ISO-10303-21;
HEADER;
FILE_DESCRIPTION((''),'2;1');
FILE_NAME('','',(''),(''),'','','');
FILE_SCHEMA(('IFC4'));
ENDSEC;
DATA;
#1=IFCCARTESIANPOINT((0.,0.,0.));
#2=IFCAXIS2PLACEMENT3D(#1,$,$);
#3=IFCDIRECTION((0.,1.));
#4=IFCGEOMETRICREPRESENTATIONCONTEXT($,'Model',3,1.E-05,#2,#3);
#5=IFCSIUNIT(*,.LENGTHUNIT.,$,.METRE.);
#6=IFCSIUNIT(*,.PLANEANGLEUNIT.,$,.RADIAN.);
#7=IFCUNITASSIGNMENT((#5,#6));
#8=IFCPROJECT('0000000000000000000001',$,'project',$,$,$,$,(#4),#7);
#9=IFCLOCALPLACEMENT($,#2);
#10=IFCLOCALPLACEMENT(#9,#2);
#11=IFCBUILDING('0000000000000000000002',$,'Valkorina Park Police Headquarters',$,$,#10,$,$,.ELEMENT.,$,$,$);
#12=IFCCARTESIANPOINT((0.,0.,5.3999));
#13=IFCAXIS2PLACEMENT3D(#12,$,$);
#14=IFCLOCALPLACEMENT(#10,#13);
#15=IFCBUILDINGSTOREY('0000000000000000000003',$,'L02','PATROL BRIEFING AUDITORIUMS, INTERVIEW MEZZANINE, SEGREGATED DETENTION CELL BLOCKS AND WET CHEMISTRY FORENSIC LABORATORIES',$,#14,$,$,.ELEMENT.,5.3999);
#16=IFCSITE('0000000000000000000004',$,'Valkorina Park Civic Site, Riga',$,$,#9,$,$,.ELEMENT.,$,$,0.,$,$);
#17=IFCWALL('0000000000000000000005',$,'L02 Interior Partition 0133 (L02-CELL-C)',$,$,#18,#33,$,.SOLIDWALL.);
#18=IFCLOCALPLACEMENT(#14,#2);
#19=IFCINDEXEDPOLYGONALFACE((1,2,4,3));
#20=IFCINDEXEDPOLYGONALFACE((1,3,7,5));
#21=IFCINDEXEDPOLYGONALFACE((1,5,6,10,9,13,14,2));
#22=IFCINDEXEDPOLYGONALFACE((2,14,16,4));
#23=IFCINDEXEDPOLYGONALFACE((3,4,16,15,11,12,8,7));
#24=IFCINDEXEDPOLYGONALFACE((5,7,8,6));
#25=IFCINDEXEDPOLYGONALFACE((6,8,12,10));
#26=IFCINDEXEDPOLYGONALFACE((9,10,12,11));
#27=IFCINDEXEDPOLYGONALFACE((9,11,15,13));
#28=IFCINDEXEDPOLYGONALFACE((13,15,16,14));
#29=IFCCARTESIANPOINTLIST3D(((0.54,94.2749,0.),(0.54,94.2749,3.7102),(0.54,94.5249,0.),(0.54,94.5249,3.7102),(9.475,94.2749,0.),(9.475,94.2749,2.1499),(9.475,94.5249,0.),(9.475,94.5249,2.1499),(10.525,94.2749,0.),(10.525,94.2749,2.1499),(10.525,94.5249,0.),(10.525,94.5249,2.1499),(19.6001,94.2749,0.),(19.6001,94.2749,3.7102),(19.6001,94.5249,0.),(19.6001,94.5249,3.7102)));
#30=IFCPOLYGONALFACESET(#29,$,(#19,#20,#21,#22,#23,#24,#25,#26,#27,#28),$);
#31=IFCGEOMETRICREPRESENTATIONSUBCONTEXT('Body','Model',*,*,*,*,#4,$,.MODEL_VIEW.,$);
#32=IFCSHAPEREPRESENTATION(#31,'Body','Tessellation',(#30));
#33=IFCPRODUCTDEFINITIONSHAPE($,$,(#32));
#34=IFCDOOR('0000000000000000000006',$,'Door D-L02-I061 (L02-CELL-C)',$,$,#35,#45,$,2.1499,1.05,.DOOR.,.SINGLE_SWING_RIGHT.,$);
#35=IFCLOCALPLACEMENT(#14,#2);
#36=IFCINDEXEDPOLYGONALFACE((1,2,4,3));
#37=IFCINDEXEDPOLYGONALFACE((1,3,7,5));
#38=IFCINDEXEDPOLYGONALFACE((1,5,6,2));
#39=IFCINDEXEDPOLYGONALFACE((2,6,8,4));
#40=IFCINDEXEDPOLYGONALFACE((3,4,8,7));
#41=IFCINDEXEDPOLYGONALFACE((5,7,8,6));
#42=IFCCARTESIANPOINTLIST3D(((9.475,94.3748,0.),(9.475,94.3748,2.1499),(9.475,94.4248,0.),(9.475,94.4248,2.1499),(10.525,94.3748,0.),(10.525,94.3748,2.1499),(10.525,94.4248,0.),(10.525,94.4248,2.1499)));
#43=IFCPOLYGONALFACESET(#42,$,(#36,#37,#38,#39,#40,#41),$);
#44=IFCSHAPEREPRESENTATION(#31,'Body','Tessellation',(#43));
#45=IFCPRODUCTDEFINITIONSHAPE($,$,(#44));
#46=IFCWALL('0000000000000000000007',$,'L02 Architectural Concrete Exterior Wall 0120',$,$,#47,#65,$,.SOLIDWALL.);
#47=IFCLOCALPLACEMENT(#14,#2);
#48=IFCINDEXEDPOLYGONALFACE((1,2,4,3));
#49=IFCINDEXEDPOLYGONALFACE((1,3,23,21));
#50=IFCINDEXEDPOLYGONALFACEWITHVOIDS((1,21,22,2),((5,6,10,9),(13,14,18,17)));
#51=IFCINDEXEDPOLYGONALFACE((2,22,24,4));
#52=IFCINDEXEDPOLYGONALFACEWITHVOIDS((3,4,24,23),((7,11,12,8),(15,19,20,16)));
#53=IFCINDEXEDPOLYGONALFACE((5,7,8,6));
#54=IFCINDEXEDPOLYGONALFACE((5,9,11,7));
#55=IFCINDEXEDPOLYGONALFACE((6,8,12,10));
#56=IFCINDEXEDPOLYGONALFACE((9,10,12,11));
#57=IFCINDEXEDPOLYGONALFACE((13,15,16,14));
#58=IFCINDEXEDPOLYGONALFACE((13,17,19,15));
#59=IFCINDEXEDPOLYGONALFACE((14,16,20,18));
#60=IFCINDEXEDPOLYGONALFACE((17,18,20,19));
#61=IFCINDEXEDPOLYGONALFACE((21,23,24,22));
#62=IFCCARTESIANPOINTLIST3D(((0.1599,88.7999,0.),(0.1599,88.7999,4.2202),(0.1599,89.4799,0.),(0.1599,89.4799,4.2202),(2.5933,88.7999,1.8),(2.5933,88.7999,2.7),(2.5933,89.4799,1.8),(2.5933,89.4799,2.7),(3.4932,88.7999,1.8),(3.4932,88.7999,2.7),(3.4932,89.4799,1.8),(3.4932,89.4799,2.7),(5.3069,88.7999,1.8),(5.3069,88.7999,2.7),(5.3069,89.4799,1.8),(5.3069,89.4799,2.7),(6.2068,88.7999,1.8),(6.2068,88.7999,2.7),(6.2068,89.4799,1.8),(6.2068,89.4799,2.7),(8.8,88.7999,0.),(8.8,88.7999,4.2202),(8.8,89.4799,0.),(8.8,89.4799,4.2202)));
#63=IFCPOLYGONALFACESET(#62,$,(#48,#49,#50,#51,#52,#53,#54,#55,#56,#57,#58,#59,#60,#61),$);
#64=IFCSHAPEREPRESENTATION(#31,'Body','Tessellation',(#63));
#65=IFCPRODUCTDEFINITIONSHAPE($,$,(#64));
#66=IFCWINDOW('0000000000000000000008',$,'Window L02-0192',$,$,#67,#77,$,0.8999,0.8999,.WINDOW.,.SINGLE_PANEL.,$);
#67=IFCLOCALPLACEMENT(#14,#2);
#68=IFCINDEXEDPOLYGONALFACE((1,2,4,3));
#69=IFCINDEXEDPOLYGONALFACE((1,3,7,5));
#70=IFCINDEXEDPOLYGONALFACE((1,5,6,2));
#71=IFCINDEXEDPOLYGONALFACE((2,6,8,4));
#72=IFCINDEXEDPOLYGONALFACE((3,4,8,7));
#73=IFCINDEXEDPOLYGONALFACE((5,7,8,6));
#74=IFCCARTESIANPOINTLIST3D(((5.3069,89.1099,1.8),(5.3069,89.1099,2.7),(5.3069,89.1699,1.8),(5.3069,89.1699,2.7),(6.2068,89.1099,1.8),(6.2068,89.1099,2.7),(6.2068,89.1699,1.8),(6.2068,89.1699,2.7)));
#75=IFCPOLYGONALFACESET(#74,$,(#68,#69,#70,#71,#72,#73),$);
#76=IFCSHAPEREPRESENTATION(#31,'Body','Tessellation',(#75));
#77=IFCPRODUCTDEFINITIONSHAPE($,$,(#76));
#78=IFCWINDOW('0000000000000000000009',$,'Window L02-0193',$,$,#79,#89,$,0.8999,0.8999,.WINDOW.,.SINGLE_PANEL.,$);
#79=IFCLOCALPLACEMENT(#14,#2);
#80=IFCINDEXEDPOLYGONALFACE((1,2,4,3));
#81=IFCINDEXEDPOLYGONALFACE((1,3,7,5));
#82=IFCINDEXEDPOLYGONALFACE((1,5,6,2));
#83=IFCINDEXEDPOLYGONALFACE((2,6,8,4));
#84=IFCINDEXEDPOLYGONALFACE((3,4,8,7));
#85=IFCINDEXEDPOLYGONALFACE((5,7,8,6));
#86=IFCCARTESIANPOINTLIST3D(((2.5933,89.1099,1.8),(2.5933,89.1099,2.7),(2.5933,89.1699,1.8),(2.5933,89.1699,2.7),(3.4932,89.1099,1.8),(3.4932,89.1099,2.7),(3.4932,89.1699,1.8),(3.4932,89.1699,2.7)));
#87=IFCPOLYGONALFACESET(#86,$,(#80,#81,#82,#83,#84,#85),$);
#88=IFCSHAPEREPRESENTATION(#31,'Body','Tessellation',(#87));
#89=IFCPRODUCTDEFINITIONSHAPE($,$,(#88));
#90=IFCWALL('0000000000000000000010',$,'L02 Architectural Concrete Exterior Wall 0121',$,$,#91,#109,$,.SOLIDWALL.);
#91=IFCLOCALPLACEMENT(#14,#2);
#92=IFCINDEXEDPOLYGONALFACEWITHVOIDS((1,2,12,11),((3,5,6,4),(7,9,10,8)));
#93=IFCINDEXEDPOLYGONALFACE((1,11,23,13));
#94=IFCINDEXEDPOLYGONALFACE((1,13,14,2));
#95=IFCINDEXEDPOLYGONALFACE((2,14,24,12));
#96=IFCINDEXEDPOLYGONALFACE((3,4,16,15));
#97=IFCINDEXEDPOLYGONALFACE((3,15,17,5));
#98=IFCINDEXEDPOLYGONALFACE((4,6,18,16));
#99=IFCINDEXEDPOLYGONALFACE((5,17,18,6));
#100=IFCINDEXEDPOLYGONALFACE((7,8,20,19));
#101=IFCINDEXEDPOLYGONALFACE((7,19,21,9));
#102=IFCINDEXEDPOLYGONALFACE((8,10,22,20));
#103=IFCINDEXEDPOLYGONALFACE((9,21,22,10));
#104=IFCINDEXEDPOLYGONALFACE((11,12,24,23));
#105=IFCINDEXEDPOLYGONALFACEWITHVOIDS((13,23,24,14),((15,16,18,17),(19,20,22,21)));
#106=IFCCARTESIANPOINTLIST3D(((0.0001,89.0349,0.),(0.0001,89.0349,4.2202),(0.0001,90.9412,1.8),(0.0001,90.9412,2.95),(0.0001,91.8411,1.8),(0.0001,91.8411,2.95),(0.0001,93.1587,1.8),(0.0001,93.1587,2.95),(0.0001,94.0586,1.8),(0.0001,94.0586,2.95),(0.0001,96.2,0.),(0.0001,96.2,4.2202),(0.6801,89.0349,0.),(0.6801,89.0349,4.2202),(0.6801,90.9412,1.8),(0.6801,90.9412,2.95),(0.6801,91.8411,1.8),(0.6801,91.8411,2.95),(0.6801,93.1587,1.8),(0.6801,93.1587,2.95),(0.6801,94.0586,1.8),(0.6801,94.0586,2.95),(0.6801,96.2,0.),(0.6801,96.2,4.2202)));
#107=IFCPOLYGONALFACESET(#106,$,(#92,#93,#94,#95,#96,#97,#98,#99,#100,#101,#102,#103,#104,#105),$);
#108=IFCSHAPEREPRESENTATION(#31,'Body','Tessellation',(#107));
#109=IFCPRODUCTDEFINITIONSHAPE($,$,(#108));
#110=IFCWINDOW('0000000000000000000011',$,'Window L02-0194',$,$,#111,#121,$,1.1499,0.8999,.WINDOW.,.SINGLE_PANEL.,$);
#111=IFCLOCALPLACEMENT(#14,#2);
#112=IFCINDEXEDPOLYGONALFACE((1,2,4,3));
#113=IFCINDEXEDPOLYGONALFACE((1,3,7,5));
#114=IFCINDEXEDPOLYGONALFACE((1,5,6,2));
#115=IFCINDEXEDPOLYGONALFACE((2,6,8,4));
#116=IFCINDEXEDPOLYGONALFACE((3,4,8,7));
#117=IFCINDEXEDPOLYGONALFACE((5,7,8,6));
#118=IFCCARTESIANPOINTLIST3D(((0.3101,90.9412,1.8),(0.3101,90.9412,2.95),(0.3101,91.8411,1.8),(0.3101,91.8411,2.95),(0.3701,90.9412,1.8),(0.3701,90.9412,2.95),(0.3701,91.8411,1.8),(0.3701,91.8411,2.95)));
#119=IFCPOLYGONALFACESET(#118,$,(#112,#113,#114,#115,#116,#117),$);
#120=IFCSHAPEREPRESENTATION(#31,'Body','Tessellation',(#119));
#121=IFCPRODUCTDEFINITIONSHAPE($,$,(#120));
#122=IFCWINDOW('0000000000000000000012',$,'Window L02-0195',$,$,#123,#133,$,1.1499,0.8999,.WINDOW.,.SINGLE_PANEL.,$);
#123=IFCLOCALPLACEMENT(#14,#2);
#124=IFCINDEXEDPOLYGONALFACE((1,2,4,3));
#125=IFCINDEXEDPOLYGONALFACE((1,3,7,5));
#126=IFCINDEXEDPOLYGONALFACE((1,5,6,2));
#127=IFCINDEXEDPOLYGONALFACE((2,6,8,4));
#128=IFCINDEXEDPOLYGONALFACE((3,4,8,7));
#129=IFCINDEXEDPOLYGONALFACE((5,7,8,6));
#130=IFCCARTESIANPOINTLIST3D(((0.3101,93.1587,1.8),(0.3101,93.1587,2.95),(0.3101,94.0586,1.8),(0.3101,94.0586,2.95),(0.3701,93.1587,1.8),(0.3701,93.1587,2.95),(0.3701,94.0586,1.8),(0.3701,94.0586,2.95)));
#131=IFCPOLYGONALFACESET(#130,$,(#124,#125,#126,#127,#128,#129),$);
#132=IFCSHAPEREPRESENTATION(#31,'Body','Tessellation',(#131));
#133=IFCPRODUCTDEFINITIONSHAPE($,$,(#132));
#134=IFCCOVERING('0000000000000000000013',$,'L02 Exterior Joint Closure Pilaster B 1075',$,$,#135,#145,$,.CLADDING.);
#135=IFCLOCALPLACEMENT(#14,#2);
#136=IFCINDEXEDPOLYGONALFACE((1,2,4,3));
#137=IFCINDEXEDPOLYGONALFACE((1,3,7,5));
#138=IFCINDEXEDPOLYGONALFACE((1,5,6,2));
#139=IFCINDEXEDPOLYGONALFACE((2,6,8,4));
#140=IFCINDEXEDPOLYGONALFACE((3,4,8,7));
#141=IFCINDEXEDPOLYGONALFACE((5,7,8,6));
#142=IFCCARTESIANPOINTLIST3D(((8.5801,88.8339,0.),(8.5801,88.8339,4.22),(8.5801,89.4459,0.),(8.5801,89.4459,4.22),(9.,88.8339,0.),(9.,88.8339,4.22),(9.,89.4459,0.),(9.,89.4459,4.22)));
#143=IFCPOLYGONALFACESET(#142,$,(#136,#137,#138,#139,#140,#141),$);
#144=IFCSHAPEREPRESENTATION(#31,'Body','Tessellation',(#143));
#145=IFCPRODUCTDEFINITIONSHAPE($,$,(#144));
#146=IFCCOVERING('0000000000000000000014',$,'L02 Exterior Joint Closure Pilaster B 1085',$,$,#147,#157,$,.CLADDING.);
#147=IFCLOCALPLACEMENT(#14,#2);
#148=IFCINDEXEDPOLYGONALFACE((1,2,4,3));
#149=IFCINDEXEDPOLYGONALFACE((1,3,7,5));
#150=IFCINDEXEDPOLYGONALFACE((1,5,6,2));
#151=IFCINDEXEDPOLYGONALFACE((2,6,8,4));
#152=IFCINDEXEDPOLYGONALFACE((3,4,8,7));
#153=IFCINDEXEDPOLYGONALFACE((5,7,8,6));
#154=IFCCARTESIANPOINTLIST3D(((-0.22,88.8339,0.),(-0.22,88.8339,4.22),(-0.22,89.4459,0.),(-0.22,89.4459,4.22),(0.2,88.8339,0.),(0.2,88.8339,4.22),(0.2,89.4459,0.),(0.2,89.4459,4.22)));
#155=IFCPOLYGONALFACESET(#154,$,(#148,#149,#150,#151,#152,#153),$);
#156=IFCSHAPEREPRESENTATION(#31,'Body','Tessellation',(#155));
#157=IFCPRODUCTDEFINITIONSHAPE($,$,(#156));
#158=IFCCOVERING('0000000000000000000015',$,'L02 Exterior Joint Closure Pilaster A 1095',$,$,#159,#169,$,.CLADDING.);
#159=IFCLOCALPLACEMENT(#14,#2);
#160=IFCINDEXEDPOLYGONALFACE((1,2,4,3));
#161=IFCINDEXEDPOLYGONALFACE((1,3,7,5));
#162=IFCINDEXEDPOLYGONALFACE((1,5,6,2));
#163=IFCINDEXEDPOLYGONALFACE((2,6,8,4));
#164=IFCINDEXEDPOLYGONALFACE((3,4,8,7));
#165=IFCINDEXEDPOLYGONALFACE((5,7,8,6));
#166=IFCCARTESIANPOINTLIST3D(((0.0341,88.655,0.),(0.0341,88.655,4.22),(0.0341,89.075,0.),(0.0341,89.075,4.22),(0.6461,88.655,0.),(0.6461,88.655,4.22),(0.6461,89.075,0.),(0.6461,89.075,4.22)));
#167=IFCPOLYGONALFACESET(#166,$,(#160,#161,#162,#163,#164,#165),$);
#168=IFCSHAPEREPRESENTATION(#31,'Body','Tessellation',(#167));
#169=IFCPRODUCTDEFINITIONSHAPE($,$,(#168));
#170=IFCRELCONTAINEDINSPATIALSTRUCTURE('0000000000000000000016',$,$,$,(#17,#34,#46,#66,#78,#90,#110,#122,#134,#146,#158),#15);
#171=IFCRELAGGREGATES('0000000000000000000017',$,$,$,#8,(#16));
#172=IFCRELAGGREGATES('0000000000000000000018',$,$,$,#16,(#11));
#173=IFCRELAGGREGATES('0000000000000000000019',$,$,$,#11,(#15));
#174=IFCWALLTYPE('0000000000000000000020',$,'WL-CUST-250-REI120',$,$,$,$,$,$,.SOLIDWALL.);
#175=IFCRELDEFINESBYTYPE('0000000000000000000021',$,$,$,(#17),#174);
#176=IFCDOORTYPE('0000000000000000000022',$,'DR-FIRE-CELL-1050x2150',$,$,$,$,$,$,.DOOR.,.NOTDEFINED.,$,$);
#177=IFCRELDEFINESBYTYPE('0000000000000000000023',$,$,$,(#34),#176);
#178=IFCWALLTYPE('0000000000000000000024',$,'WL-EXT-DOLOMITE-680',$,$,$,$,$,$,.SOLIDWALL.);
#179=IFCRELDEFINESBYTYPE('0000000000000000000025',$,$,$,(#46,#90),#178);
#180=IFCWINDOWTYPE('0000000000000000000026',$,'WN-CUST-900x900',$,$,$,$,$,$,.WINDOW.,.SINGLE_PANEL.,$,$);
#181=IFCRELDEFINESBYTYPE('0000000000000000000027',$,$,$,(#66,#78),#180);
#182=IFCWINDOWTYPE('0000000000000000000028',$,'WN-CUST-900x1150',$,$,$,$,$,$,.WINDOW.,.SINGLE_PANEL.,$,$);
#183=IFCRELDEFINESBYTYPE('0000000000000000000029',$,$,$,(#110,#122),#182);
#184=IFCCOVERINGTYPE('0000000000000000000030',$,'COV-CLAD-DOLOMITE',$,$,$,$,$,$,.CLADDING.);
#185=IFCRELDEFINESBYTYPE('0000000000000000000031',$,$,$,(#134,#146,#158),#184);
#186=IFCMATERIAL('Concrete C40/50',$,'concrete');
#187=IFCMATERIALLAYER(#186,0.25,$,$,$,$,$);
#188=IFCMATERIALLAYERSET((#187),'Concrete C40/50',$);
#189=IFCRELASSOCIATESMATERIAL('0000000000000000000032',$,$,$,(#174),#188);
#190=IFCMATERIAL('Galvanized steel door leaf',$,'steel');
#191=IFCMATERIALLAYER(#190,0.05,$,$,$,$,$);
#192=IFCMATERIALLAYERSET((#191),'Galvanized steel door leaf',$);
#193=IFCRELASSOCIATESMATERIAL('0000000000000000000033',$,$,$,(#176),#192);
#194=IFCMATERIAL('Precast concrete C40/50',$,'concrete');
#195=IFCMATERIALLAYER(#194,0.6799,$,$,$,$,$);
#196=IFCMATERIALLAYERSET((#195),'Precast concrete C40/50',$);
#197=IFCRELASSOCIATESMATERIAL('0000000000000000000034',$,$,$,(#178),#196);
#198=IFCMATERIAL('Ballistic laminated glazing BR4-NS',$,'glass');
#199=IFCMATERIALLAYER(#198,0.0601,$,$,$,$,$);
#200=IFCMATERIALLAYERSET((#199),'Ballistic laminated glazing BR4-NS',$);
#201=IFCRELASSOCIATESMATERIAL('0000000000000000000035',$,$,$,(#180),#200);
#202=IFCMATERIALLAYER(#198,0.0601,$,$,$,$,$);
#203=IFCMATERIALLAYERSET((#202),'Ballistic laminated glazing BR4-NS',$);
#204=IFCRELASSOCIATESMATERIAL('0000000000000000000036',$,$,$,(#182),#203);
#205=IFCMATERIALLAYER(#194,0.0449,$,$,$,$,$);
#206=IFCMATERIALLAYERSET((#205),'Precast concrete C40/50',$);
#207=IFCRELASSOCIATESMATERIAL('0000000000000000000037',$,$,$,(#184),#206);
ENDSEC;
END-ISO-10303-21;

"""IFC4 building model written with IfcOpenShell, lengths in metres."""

from ifc_helpers import new_model, si_unit, direction, frame, frame_2d, origin, origin_2d, place, context, subcontext, project, spatial, rectangle, extrude, material, layer, layer_set, type_object, element, fill, save


model = new_model("IFC4")

# Units and contexts
model_context = context("Model", 3, precision=1e-05, world=origin(), true_north=direction((0.0, 1.0)))
body_context = subcontext(model_context, "Body", "Model", "MODEL_VIEW")
ifc_project = project(units=[si_unit("LENGTHUNIT", "METRE"), si_unit("PLANEANGLEUNIT", "RADIAN")], contexts=[model_context])

# Site, building, storey
site_placement = place(None, origin())
site = spatial("IfcSite", under=ifc_project, at=site_placement, Name="Valkorina Park Civic Site, Riga", CompositionType="ELEMENT", RefElevation=0.0)
building_placement = place(site_placement, origin())
building = spatial("IfcBuilding", under=site, at=building_placement, Name="Valkorina Park Police Headquarters", CompositionType="ELEMENT")
storey_placement = place(building_placement, frame((0.0, 0.0, 5.3999)))
storey = spatial("IfcBuildingStorey", under=building, at=storey_placement, Name="L02", Description="PATROL BRIEFING AUDITORIUMS, INTERVIEW MEZZANINE, SEGREGATED DETENTION CELL BLOCKS AND WET CHEMISTRY FORENSIC LABORATORIES", CompositionType="ELEMENT", Elevation=5.3999)

# Wall, opening, door
ifc_material_1 = material(Name="Concrete C40/50", Category="concrete")
ifc_layer_1 = layer(ifc_material_1, 0.25)
ifc_layer_set_1 = layer_set([ifc_layer_1], Name="Concrete C40/50")
wall_type_1 = type_object("IfcWallType", Name="WL-CUST-250-REI120", PredefinedType="SOLIDWALL", material=ifc_layer_set_1)
wall_1_placement = place(storey_placement, frame((0.54, 94.3999, 0.0), z_axis=(0.0, 0.0, 1.0), x_axis=(1.0, 0.0, 0.0)))
wall_1 = element("IfcWall", 1, at=wall_1_placement, inside=storey, type_object=wall_type_1, Name="L02 Interior Partition 0133 (L02-CELL-C)", PredefinedType="SOLIDWALL", context=body_context, shape_type="SweptSolid", body=[
    extrude(rectangle(XDim=19.0601, YDim=0.25, at=frame_2d((9.53, 0.0))), origin(), (0.0, 0.0, 1.0), 3.7102),
])
opening_1_placement = place(wall_1_placement, frame((8.9351, 0.0, 0.0)))
opening_1 = element("IfcOpeningElement", 2, at=opening_1_placement, cuts=wall_1, PredefinedType="OPENING", context=body_context, shape_type="SweptSolid", body=[
    extrude(rectangle(XDim=1.05, YDim=2.1499, at=frame_2d((0.5249, 1.075))), frame((0.0, 0.135, 0.0), z_axis=(0.0, -1.0, 0.0), x_axis=(1.0, 0.0, 0.0)), (0.0, 0.0, 1.0), 0.27),
])
ifc_material_2 = material(Name="Galvanized steel door leaf", Category="steel")
ifc_layer_2 = layer(ifc_material_2, 0.05)
ifc_layer_set_2 = layer_set([ifc_layer_2], Name="Galvanized steel door leaf")
door_type = type_object("IfcDoorType", Name="DR-FIRE-CELL-1050x2150", OperationType="NOTDEFINED", PredefinedType="DOOR", material=ifc_layer_set_2)
door_placement = place(opening_1_placement, origin())
door = element("IfcDoor", 3, at=door_placement, inside=storey, type_object=door_type, Name="Door D-L02-I061 (L02-CELL-C)", OperationType="SINGLE_SWING_RIGHT", OverallHeight=2.1499, OverallWidth=1.05, PredefinedType="DOOR", context=body_context, shape_type="SweptSolid", body=[
    extrude(rectangle(XDim=1.05, YDim=2.1499, at=frame_2d((0.5249, 1.075))), frame((0.0, 0.0249, 0.0), z_axis=(0.0, -1.0, 0.0), x_axis=(1.0, 0.0, 0.0)), (0.0, 0.0, 1.0), 0.05),
])
fill(opening_1, door)

# Walls, openings, windows
ifc_material_3 = material(Name="Precast concrete C40/50", Category="concrete")
ifc_layer_3 = layer(ifc_material_3, 0.6799)
ifc_layer_set_3 = layer_set([ifc_layer_3], Name="Precast concrete C40/50")
wall_type_2 = type_object("IfcWallType", Name="WL-EXT-DOLOMITE-680", PredefinedType="SOLIDWALL", material=ifc_layer_set_3)
wall_2_placement = place(storey_placement, frame((8.8, 89.1399, 0.0), z_axis=(0.0, 0.0, 1.0), x_axis=(-1.0, 0.0, 0.0)))
wall_2 = element("IfcWall", 4, at=wall_2_placement, inside=storey, type_object=wall_type_2, Name="L02 Architectural Concrete Exterior Wall 0120", PredefinedType="SOLIDWALL", context=body_context, shape_type="SweptSolid", body=[
    extrude(rectangle(XDim=8.6401, YDim=0.6799, at=frame_2d((4.3201, 0.0))), origin(), (0.0, 0.0, 1.0), 4.2202),
])
opening_2_placement = place(wall_2_placement, frame((2.5933, 0.0, 1.8)))
opening_2 = element("IfcOpeningElement", 5, at=opening_2_placement, cuts=wall_2, PredefinedType="OPENING", context=body_context, shape_type="SweptSolid", body=[
    extrude(rectangle(XDim=0.8999, YDim=0.8999, at=frame_2d((0.45, 0.45))), frame((0.0, 0.3501, 0.0), z_axis=(0.0, -1.0, 0.0), x_axis=(1.0, 0.0, 0.0)), (0.0, 0.0, 1.0), 0.7),
])
opening_3_placement = place(wall_2_placement, frame((5.3069, 0.0, 1.8)))
opening_3 = element("IfcOpeningElement", 6, at=opening_3_placement, cuts=wall_2, PredefinedType="OPENING", context=body_context, shape_type="SweptSolid", body=[
    extrude(rectangle(XDim=0.8999, YDim=0.8999, at=frame_2d((0.45, 0.45))), frame((0.0, 0.3501, 0.0), z_axis=(0.0, -1.0, 0.0), x_axis=(1.0, 0.0, 0.0)), (0.0, 0.0, 1.0), 0.7),
])
ifc_material_4 = material(Name="Ballistic laminated glazing BR4-NS", Category="glass")
ifc_layer_4 = layer(ifc_material_4, 0.0601)
ifc_layer_set_4 = layer_set([ifc_layer_4], Name="Ballistic laminated glazing BR4-NS")
window_type_1 = type_object("IfcWindowType", Name="WN-CUST-900x900", PartitioningType="SINGLE_PANEL", PredefinedType="WINDOW", material=ifc_layer_set_4)
window_1_placement = place(opening_2_placement, origin())
window_1 = element("IfcWindow", 7, at=window_1_placement, inside=storey, type_object=window_type_1, Name="Window L02-0192", OverallHeight=0.8999, OverallWidth=0.8999, PartitioningType="SINGLE_PANEL", PredefinedType="WINDOW", context=body_context, shape_type="SweptSolid", body=[
    extrude(rectangle(XDim=0.8999, YDim=0.8999, at=frame_2d((0.45, 0.45))), frame((0.0, 0.03, 0.0), z_axis=(0.0, -1.0, 0.0), x_axis=(1.0, 0.0, 0.0)), (0.0, 0.0, 1.0), 0.0601),
])
fill(opening_2, window_1)
window_2_placement = place(opening_3_placement, origin())
window_2 = element("IfcWindow", 8, at=window_2_placement, inside=storey, type_object=window_type_1, Name="Window L02-0193", OverallHeight=0.8999, OverallWidth=0.8999, PartitioningType="SINGLE_PANEL", PredefinedType="WINDOW", context=body_context, shape_type="SweptSolid", body=[
    extrude(rectangle(XDim=0.8999, YDim=0.8999, at=frame_2d((0.45, 0.45))), frame((0.0, 0.03, 0.0), z_axis=(0.0, -1.0, 0.0), x_axis=(1.0, 0.0, 0.0)), (0.0, 0.0, 1.0), 0.0601),
])
fill(opening_3, window_2)
wall_3_placement = place(storey_placement, frame((0.3401, 89.0349, 0.0), z_axis=(0.0, 0.0, 1.0), x_axis=(0.0, 1.0, 0.0)))
wall_3 = element("IfcWall", 9, at=wall_3_placement, inside=storey, type_object=wall_type_2, Name="L02 Architectural Concrete Exterior Wall 0121", PredefinedType="SOLIDWALL", context=body_context, shape_type="SweptSolid", body=[
    extrude(rectangle(XDim=7.165, YDim=0.6799, at=frame_2d((3.5825, 0.0))), origin(), (0.0, 0.0, 1.0), 4.2202),
])
opening_4_placement = place(wall_3_placement, frame((1.9062, 0.0, 1.8)))
opening_4 = element("IfcOpeningElement", 10, at=opening_4_placement, cuts=wall_3, PredefinedType="OPENING", context=body_context, shape_type="SweptSolid", body=[
    extrude(rectangle(XDim=0.8999, YDim=1.1499, at=frame_2d((0.45, 0.575))), frame((0.0, 0.3501, 0.0), z_axis=(0.0, -1.0, 0.0), x_axis=(1.0, 0.0, 0.0)), (0.0, 0.0, 1.0), 0.7),
])
opening_5_placement = place(wall_3_placement, frame((4.1238, 0.0, 1.8)))
opening_5 = element("IfcOpeningElement", 11, at=opening_5_placement, cuts=wall_3, PredefinedType="OPENING", context=body_context, shape_type="SweptSolid", body=[
    extrude(rectangle(XDim=0.8999, YDim=1.1499, at=frame_2d((0.45, 0.575))), frame((0.0, 0.3501, 0.0), z_axis=(0.0, -1.0, 0.0), x_axis=(1.0, 0.0, 0.0)), (0.0, 0.0, 1.0), 0.7),
])
ifc_layer_5 = layer(ifc_material_4, 0.0601)
ifc_layer_set_5 = layer_set([ifc_layer_5], Name="Ballistic laminated glazing BR4-NS")
window_type_2 = type_object("IfcWindowType", Name="WN-CUST-900x1150", PartitioningType="SINGLE_PANEL", PredefinedType="WINDOW", material=ifc_layer_set_5)
window_3_placement = place(opening_4_placement, origin())
window_3 = element("IfcWindow", 12, at=window_3_placement, inside=storey, type_object=window_type_2, Name="Window L02-0194", OverallHeight=1.1499, OverallWidth=0.8999, PartitioningType="SINGLE_PANEL", PredefinedType="WINDOW", context=body_context, shape_type="SweptSolid", body=[
    extrude(rectangle(XDim=0.8999, YDim=1.1499, at=frame_2d((0.45, 0.575))), frame((0.0, 0.03, 0.0), z_axis=(0.0, -1.0, 0.0), x_axis=(1.0, 0.0, 0.0)), (0.0, 0.0, 1.0), 0.0601),
])
fill(opening_4, window_3)
window_4_placement = place(opening_5_placement, origin())
window_4 = element("IfcWindow", 13, at=window_4_placement, inside=storey, type_object=window_type_2, Name="Window L02-0195", OverallHeight=1.1499, OverallWidth=0.8999, PartitioningType="SINGLE_PANEL", PredefinedType="WINDOW", context=body_context, shape_type="SweptSolid", body=[
    extrude(rectangle(XDim=0.8999, YDim=1.1499, at=frame_2d((0.45, 0.575))), frame((0.0, 0.03, 0.0), z_axis=(0.0, -1.0, 0.0), x_axis=(1.0, 0.0, 0.0)), (0.0, 0.0, 1.0), 0.0601),
])
fill(opening_5, window_4)

# Coverings
ifc_layer_6 = layer(ifc_material_3, 0.0449)
ifc_layer_set_6 = layer_set([ifc_layer_6], Name="Precast concrete C40/50")
covering_type = type_object("IfcCoveringType", Name="COV-CLAD-DOLOMITE", PredefinedType="CLADDING", material=ifc_layer_set_6)
for number, where, z_axis, x_axis, name in (
    (14, (8.79, 89.1399, 0.0), (0.0, 0.0, 1.0), (1.0, 0.0, 0.0), "L02 Exterior Joint Closure Pilaster B 1075"),
    (15, (-0.01, 89.1399, 0.0), (0.0, 0.0, 1.0), (1.0, 0.0, 0.0), "L02 Exterior Joint Closure Pilaster B 1085"),
    (16, (0.3401, 88.865, 0.0), (0.0, 0.0, 1.0), (0.0, 1.0, 0.0), "L02 Exterior Joint Closure Pilaster A 1095"),
):
    element("IfcCovering", number, at=place(storey_placement, frame(where, z_axis=z_axis, x_axis=x_axis)), inside=storey, type_object=covering_type, Name=name, PredefinedType="CLADDING", context=body_context, shape_type="SweptSolid", body=[
        extrude(rectangle(XDim=0.4199, YDim=0.6121, at=origin_2d()), origin(), (0.0, 0.0, 1.0), 4.22),
    ])

save(model, "model.ifc")
